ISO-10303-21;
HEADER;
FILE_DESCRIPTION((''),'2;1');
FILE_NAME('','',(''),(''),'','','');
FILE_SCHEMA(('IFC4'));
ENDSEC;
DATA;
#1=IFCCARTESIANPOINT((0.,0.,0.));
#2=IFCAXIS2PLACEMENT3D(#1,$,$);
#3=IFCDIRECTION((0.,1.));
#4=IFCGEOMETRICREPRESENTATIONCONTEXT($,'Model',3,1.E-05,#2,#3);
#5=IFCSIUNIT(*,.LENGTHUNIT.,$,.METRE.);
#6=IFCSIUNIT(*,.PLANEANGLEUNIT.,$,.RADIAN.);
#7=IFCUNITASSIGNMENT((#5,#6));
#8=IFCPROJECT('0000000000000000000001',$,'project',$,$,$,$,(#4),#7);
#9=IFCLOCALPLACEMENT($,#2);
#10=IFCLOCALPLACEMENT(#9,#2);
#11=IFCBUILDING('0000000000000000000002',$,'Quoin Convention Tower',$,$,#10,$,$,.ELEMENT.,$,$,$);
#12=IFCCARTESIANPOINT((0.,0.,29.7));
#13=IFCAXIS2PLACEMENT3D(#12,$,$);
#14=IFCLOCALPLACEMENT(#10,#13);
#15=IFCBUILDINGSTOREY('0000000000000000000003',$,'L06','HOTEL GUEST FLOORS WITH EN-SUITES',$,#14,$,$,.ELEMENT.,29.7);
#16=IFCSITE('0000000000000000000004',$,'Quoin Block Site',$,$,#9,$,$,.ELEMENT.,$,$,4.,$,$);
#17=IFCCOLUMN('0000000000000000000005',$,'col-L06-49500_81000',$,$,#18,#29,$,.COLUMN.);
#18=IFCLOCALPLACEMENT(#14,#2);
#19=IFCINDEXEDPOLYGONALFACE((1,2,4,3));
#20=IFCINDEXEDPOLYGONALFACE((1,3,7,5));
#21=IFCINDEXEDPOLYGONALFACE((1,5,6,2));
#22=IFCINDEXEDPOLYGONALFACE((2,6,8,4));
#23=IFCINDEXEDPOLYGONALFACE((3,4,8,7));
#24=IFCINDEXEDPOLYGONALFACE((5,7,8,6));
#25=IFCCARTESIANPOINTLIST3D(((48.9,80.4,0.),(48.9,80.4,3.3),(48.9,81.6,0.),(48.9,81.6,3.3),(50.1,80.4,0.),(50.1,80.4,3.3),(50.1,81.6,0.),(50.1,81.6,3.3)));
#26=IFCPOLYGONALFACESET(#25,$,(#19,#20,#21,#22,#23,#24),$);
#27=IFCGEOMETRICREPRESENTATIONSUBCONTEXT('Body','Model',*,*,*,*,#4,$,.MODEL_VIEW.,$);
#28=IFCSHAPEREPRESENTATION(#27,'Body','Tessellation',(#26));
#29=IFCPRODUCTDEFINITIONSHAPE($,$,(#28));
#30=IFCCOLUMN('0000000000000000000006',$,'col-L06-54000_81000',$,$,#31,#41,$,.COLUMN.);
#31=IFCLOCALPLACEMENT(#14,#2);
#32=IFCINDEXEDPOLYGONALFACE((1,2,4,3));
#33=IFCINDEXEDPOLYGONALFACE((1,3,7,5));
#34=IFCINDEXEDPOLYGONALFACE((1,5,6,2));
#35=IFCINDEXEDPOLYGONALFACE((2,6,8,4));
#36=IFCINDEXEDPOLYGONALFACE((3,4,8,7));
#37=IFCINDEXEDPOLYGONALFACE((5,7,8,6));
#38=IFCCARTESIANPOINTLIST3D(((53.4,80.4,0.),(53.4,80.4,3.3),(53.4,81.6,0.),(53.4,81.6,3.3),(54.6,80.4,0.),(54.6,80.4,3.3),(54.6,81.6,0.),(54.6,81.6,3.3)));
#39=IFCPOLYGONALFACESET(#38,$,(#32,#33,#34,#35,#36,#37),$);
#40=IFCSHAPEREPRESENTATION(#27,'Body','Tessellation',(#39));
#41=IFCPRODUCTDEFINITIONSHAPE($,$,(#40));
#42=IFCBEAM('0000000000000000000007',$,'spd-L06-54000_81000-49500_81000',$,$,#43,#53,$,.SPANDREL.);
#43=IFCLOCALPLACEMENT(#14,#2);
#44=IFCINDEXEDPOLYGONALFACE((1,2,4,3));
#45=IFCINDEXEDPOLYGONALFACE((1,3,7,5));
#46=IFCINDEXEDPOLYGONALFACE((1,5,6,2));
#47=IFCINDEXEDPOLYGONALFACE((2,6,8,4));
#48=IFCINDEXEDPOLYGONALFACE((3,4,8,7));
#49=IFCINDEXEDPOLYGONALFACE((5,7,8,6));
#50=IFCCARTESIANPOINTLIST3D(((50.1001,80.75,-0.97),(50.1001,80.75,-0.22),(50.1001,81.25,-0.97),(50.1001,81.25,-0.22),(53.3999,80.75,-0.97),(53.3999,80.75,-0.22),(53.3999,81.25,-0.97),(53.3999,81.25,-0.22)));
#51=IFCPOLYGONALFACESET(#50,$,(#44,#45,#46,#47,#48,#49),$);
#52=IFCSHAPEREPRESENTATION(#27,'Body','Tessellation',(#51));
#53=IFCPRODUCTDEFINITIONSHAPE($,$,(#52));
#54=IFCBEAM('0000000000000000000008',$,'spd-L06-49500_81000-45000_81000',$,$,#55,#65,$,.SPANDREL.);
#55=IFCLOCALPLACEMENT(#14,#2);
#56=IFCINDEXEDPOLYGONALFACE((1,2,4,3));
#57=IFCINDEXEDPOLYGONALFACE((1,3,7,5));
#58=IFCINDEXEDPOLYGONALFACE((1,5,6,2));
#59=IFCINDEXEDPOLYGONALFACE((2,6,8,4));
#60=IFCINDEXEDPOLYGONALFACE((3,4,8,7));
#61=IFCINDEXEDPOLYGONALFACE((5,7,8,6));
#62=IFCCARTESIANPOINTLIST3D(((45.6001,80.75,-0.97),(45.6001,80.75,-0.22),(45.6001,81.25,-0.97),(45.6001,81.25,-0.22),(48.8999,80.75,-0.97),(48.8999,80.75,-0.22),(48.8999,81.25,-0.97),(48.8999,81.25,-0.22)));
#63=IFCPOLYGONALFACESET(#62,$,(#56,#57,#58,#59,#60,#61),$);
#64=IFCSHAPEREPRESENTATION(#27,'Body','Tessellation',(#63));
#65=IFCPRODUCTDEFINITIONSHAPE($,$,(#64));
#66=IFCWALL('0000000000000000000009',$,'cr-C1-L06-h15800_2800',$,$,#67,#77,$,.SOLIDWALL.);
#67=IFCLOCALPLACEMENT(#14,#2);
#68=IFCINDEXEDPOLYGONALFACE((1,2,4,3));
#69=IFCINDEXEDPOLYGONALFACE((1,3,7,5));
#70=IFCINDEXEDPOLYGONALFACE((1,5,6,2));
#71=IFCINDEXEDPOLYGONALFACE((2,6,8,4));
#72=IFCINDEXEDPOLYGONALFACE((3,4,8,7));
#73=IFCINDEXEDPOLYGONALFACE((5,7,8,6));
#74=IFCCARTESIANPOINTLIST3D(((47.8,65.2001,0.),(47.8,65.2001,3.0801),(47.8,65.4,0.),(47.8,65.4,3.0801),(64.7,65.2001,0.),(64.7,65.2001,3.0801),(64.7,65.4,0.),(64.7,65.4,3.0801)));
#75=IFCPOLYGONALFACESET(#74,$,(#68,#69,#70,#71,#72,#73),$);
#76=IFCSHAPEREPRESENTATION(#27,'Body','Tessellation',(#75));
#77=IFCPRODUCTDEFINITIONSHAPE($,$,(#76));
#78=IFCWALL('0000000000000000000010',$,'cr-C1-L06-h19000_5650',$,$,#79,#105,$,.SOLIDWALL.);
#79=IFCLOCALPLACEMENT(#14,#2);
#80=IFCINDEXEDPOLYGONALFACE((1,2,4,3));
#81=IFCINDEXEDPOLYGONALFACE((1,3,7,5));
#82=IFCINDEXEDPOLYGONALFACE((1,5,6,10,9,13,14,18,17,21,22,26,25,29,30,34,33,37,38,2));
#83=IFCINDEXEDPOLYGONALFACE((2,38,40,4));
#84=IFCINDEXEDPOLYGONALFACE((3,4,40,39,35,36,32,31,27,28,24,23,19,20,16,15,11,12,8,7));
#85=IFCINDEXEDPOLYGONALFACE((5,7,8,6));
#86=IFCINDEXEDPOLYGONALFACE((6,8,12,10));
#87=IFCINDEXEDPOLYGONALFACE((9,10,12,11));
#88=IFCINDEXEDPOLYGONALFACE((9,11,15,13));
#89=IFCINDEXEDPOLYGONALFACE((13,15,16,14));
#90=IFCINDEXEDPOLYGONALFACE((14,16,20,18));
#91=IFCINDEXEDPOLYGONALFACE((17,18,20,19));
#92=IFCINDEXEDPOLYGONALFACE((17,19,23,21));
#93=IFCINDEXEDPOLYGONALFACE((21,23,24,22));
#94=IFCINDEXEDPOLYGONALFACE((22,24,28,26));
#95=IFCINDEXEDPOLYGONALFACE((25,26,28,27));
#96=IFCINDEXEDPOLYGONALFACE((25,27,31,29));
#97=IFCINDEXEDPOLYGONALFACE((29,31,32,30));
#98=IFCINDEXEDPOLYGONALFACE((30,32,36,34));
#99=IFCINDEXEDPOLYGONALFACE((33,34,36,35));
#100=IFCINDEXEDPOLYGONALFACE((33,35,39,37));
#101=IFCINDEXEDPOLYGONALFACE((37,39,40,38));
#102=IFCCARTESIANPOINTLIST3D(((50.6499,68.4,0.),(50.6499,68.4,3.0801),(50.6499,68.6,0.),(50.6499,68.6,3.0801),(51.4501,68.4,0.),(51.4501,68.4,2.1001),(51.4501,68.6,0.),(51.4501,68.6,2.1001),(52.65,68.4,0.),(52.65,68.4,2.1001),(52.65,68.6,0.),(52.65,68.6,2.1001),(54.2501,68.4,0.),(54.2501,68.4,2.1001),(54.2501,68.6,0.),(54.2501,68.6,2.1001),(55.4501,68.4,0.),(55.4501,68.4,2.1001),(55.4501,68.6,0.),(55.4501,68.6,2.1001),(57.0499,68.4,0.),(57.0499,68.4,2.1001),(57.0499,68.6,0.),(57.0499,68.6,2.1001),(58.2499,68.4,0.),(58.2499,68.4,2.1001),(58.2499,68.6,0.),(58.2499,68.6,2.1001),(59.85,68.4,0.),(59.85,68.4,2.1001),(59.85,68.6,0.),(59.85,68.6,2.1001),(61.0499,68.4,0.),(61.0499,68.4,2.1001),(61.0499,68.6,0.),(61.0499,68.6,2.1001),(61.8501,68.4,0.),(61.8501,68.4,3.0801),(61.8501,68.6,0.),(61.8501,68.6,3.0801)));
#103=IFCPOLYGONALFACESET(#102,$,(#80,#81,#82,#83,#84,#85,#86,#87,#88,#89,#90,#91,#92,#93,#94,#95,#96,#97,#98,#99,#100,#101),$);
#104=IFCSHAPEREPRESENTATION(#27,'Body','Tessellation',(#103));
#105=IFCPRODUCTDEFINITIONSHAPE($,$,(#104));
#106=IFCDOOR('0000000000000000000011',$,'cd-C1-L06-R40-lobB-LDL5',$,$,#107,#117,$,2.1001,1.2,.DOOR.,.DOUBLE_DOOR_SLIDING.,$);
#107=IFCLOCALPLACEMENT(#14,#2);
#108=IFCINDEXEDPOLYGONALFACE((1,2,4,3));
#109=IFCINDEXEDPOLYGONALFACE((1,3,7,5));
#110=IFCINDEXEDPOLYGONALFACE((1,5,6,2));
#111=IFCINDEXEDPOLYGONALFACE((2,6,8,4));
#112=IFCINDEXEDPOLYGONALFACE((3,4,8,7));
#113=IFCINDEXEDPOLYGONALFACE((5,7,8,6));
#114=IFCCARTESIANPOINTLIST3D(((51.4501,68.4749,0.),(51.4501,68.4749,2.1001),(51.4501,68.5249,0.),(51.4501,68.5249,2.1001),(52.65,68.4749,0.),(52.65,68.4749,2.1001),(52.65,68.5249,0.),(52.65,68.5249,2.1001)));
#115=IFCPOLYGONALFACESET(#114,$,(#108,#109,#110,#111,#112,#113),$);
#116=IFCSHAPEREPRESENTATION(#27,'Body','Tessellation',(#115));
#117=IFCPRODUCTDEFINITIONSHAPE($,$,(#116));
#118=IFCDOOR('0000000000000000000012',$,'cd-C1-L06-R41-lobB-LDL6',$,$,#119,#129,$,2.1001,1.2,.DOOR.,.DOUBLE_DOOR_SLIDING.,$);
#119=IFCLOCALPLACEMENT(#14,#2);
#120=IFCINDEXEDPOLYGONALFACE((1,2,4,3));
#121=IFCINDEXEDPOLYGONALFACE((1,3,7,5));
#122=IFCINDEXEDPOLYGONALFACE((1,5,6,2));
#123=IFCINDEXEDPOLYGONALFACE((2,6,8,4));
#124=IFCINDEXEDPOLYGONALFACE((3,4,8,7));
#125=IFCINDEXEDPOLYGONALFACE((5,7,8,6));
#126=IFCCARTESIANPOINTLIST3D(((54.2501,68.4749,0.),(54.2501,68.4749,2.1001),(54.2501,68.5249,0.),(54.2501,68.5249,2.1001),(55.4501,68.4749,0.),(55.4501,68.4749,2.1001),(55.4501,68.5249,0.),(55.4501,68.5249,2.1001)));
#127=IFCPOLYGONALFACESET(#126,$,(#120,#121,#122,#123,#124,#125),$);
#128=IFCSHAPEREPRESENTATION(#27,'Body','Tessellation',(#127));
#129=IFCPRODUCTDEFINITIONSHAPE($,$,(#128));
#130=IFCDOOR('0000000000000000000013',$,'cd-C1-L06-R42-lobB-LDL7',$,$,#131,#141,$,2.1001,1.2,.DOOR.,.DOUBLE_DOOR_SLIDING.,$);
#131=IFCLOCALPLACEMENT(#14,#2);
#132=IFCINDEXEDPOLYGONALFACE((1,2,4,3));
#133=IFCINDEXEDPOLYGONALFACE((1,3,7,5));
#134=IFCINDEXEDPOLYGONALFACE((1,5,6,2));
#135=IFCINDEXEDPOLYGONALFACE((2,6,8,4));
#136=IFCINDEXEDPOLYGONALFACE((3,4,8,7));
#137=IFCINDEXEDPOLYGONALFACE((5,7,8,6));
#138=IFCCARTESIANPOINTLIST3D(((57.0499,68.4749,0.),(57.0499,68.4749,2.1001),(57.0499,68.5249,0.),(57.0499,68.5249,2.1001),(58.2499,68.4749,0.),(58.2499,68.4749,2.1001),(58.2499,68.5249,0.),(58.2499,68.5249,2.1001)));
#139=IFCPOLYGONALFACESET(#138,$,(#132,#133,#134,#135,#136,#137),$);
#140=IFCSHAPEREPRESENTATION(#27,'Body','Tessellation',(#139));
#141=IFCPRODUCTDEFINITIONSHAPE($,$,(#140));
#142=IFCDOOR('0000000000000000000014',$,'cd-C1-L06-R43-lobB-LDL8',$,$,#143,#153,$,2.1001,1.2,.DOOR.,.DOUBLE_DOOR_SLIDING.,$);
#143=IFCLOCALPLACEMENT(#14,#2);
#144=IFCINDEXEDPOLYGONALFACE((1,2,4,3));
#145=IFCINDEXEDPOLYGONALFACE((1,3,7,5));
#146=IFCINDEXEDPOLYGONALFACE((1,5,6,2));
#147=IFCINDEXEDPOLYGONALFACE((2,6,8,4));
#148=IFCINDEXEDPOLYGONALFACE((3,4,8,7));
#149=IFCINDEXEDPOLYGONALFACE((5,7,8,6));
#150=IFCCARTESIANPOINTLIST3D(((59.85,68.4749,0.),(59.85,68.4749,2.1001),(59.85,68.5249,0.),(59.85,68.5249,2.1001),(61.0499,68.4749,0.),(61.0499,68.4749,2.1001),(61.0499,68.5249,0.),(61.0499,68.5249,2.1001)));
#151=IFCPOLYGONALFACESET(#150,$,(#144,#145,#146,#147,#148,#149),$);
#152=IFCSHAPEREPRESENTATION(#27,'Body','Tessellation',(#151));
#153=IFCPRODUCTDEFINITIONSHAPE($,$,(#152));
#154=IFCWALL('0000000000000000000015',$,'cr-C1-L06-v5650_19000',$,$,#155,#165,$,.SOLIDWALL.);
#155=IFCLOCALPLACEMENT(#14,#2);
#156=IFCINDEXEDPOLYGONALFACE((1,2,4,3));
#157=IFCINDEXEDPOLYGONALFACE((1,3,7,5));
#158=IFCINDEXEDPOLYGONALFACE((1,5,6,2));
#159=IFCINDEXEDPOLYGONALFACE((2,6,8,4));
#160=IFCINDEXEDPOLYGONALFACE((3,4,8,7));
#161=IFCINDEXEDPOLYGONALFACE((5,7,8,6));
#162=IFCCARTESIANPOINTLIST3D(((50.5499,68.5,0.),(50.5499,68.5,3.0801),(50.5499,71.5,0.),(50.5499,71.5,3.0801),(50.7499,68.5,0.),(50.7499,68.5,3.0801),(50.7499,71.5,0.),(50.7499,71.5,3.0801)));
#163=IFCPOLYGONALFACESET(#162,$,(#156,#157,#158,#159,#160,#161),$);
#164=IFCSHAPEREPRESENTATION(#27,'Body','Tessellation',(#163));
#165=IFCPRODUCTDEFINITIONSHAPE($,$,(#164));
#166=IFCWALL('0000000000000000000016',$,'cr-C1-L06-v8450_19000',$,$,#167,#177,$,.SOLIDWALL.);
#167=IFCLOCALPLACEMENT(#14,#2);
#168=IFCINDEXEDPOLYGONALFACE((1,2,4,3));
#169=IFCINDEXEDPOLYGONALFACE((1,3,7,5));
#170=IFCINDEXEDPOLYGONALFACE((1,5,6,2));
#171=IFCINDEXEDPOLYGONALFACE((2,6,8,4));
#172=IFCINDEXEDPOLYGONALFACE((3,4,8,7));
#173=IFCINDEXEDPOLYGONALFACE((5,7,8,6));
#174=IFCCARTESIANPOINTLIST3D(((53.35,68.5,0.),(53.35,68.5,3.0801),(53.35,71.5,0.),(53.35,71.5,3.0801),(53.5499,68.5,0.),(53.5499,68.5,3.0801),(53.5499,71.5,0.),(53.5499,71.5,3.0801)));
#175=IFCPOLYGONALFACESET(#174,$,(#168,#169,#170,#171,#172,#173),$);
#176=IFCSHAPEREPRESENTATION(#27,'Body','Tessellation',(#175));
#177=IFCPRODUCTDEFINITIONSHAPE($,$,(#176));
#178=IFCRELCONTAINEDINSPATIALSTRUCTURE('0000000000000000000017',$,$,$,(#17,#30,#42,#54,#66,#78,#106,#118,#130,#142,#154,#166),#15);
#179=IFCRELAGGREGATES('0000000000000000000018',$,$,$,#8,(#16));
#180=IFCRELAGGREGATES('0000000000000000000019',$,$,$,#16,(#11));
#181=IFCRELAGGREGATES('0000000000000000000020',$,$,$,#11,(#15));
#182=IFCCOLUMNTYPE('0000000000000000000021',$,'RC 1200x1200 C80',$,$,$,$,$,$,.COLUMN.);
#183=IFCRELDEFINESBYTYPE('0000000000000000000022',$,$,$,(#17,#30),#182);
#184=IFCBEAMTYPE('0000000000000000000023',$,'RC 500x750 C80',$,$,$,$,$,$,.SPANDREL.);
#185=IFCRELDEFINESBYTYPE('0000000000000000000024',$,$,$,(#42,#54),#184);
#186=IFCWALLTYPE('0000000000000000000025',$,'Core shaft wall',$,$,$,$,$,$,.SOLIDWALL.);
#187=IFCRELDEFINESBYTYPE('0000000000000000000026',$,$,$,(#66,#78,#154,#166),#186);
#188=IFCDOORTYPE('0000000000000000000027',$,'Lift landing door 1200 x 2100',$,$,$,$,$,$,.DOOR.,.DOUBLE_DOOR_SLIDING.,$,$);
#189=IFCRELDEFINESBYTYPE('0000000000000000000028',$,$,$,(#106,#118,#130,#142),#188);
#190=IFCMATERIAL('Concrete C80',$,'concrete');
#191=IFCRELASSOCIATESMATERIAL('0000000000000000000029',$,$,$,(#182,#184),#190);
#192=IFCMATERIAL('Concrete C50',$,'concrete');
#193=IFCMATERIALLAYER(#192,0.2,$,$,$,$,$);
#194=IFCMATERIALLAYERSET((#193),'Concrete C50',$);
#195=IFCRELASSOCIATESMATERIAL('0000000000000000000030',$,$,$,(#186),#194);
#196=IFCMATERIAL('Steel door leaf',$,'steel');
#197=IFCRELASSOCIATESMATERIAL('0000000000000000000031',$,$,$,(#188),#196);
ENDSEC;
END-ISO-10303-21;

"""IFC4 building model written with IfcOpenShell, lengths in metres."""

from ifc_helpers import new_model, si_unit, direction, frame, frame_2d, origin, origin_2d, place, context, subcontext, project, spatial, rectangle, extrude, material, layer, layer_set, material_profile, profile_set, type_object, element, fill, save


model = new_model("IFC4")

# Units and contexts
model_context = context("Model", 3, precision=1e-05, world=origin(), true_north=direction((0.0, 1.0)))
body_context = subcontext(model_context, "Body", "Model", "MODEL_VIEW")
ifc_project = project(units=[si_unit("LENGTHUNIT", "METRE"), si_unit("PLANEANGLEUNIT", "RADIAN")], contexts=[model_context])

# Site, building, storey
site_placement = place(None, origin())
site = spatial("IfcSite", under=ifc_project, at=site_placement, Name="Quoin Block Site", CompositionType="ELEMENT", RefElevation=4.0)
building_placement = place(site_placement, origin())
building = spatial("IfcBuilding", under=site, at=building_placement, Name="Quoin Convention Tower", CompositionType="ELEMENT")
storey_placement = place(building_placement, frame((0.0, 0.0, 29.7)))
storey = spatial("IfcBuildingStorey", under=building, at=storey_placement, Name="L06", Description="HOTEL GUEST FLOORS WITH EN-SUITES", CompositionType="ELEMENT", Elevation=29.7)

# Columns
ifc_material_1 = material(Name="Concrete C80", Category="concrete")
ifc_material_profile_1 = material_profile(ifc_material_1, rectangle(XDim=1.2, YDim=1.2, at=origin_2d()), Name="RC 1200x1200")
ifc_profile_set_1 = profile_set([ifc_material_profile_1], Name="Concrete C80")
column_type = type_object("IfcColumnType", Name="RC 1200x1200 C80", PredefinedType="COLUMN", material=ifc_profile_set_1)
for number, where, z_axis, x_axis, name in (
    (1, (49.5, 81.0, 0.0), (0.0, 0.0, 1.0), (1.0, 0.0, 0.0), "col-L06-49500_81000"),
    (2, (54.0, 81.0, 0.0), (0.0, 0.0, 1.0), (1.0, 0.0, 0.0), "col-L06-54000_81000"),
):
    element("IfcColumn", number, at=place(storey_placement, frame(where, z_axis=z_axis, x_axis=x_axis)), inside=storey, type_object=column_type, Name=name, PredefinedType="COLUMN", context=body_context, shape_type="SweptSolid", body=[
        extrude(rectangle(XDim=1.2, YDim=1.2, at=origin_2d()), origin(), (0.0, 0.0, 1.0), 3.3),
    ])

# Beams
ifc_material_profile_2 = material_profile(ifc_material_1, rectangle(XDim=0.5, YDim=0.75, at=origin_2d()), Name="RC 500x750")
ifc_profile_set_2 = profile_set([ifc_material_profile_2], Name="Concrete C80")
beam_type = type_object("IfcBeamType", Name="RC 500x750 C80", PredefinedType="SPANDREL", material=ifc_profile_set_2)
for number, where, z_axis, x_axis, name in (
    (3, (53.3999, 81.0, -0.595), (-1.0, 0.0, 0.0), (0.0, -1.0, 0.0), "spd-L06-54000_81000-49500_81000"),
    (4, (48.8999, 81.0, -0.595), (-1.0, 0.0, 0.0), (0.0, -1.0, 0.0), "spd-L06-49500_81000-45000_81000"),
):
    element("IfcBeam", number, at=place(storey_placement, frame(where, z_axis=z_axis, x_axis=x_axis)), inside=storey, type_object=beam_type, Name=name, PredefinedType="SPANDREL", context=body_context, shape_type="SweptSolid", body=[
        extrude(rectangle(XDim=0.5, YDim=0.75, at=origin_2d()), origin(), (0.0, 0.0, 1.0), 3.2998),
    ])

# Wall
ifc_material_2 = material(Name="Concrete C50", Category="concrete")
ifc_layer_1 = layer(ifc_material_2, 0.2)
ifc_layer_set_1 = layer_set([ifc_layer_1], Name="Concrete C50")
wall_type_1 = type_object("IfcWallType", Name="Core shaft wall", PredefinedType="SOLIDWALL", material=ifc_layer_set_1)
wall_1_placement = place(storey_placement, frame((47.8, 65.3, 0.0), z_axis=(0.0, 0.0, 1.0), x_axis=(1.0, 0.0, 0.0)))
element("IfcWall", 5, at=wall_1_placement, inside=storey, type_object=wall_type_1, Name="cr-C1-L06-h15800_2800", PredefinedType="SOLIDWALL", context=body_context, shape_type="SweptSolid", body=[
    extrude(rectangle(XDim=16.8999, YDim=0.2, at=frame_2d((8.45, 0.0))), origin(), (0.0, 0.0, 1.0), 3.0801),
])

# Wall, openings, doors
wall_2_placement = place(storey_placement, frame((50.6499, 68.5, 0.0), z_axis=(0.0, 0.0, 1.0), x_axis=(1.0, 0.0, 0.0)))
wall_2 = element("IfcWall", 6, at=wall_2_placement, inside=storey, type_object=wall_type_1, Name="cr-C1-L06-h19000_5650", PredefinedType="SOLIDWALL", context=body_context, shape_type="SweptSolid", body=[
    extrude(rectangle(XDim=11.2002, YDim=0.2, at=frame_2d((5.6001, 0.0))), origin(), (0.0, 0.0, 1.0), 3.0801),
])
opening_1_placement = place(wall_2_placement, frame((0.8, 0.0, 0.0)))
opening_1 = element("IfcOpeningElement", 7, at=opening_1_placement, cuts=wall_2, PredefinedType="OPENING", context=body_context, shape_type="SweptSolid", body=[
    extrude(rectangle(XDim=1.2, YDim=2.1001, at=frame_2d((0.6001, 1.05))), frame((0.0, 0.1099, 0.0), z_axis=(0.0, -1.0, 0.0), x_axis=(1.0, 0.0, 0.0)), (0.0, 0.0, 1.0), 0.22),
])
opening_2_placement = place(wall_2_placement, frame((3.6001, 0.0, 0.0)))
opening_2 = element("IfcOpeningElement", 8, at=opening_2_placement, cuts=wall_2, PredefinedType="OPENING", context=body_context, shape_type="SweptSolid", body=[
    extrude(rectangle(XDim=1.2, YDim=2.1001, at=frame_2d((0.6001, 1.05))), frame((0.0, 0.1099, 0.0), z_axis=(0.0, -1.0, 0.0), x_axis=(1.0, 0.0, 0.0)), (0.0, 0.0, 1.0), 0.22),
])
opening_3_placement = place(wall_2_placement, frame((6.3999, 0.0, 0.0)))
opening_3 = element("IfcOpeningElement", 9, at=opening_3_placement, cuts=wall_2, PredefinedType="OPENING", context=body_context, shape_type="SweptSolid", body=[
    extrude(rectangle(XDim=1.2, YDim=2.1001, at=frame_2d((0.6001, 1.05))), frame((0.0, 0.1099, 0.0), z_axis=(0.0, -1.0, 0.0), x_axis=(1.0, 0.0, 0.0)), (0.0, 0.0, 1.0), 0.22),
])
opening_4_placement = place(wall_2_placement, frame((9.2, 0.0, 0.0)))
opening_4 = element("IfcOpeningElement", 10, at=opening_4_placement, cuts=wall_2, PredefinedType="OPENING", context=body_context, shape_type="SweptSolid", body=[
    extrude(rectangle(XDim=1.2, YDim=2.1001, at=frame_2d((0.6001, 1.05))), frame((0.0, 0.1099, 0.0), z_axis=(0.0, -1.0, 0.0), x_axis=(1.0, 0.0, 0.0)), (0.0, 0.0, 1.0), 0.22),
])
ifc_material_3 = material(Name="Steel door leaf", Category="steel")
door_type_1 = type_object("IfcDoorType", Name="Lift landing door 1200 x 2100", OperationType="DOUBLE_DOOR_SLIDING", PredefinedType="DOOR", material=ifc_material_3)
door_1_placement = place(opening_1_placement, origin())
door_1 = element("IfcDoor", 11, at=door_1_placement, inside=storey, type_object=door_type_1, Name="cd-C1-L06-R40-lobB-LDL5", OperationType="DOUBLE_DOOR_SLIDING", OverallHeight=2.1001, OverallWidth=1.2, PredefinedType="DOOR", context=body_context, shape_type="SweptSolid", body=[
    extrude(rectangle(XDim=1.2, YDim=2.1001, at=frame_2d((0.6001, 1.05))), frame((0.0, 0.0249, 0.0), z_axis=(0.0, -1.0, 0.0), x_axis=(1.0, 0.0, 0.0)), (0.0, 0.0, 1.0), 0.05),
])
fill(opening_1, door_1)
door_2_placement = place(opening_2_placement, origin())
door_2 = element("IfcDoor", 12, at=door_2_placement, inside=storey, type_object=door_type_1, Name="cd-C1-L06-R41-lobB-LDL6", OperationType="DOUBLE_DOOR_SLIDING", OverallHeight=2.1001, OverallWidth=1.2, PredefinedType="DOOR", context=body_context, shape_type="SweptSolid", body=[
    extrude(rectangle(XDim=1.2, YDim=2.1001, at=frame_2d((0.6001, 1.05))), frame((0.0, 0.0249, 0.0), z_axis=(0.0, -1.0, 0.0), x_axis=(1.0, 0.0, 0.0)), (0.0, 0.0, 1.0), 0.05),
])
fill(opening_2, door_2)
door_3_placement = place(opening_3_placement, origin())
door_3 = element("IfcDoor", 13, at=door_3_placement, inside=storey, type_object=door_type_1, Name="cd-C1-L06-R42-lobB-LDL7", OperationType="DOUBLE_DOOR_SLIDING", OverallHeight=2.1001, OverallWidth=1.2, PredefinedType="DOOR", context=body_context, shape_type="SweptSolid", body=[
    extrude(rectangle(XDim=1.2, YDim=2.1001, at=frame_2d((0.6001, 1.05))), frame((0.0, 0.0249, 0.0), z_axis=(0.0, -1.0, 0.0), x_axis=(1.0, 0.0, 0.0)), (0.0, 0.0, 1.0), 0.05),
])
fill(opening_3, door_3)
door_4_placement = place(opening_4_placement, origin())
door_4 = element("IfcDoor", 14, at=door_4_placement, inside=storey, type_object=door_type_1, Name="cd-C1-L06-R43-lobB-LDL8", OperationType="DOUBLE_DOOR_SLIDING", OverallHeight=2.1001, OverallWidth=1.2, PredefinedType="DOOR", context=body_context, shape_type="SweptSolid", body=[
    extrude(rectangle(XDim=1.2, YDim=2.1001, at=frame_2d((0.6001, 1.05))), frame((0.0, 0.0249, 0.0), z_axis=(0.0, -1.0, 0.0), x_axis=(1.0, 0.0, 0.0)), (0.0, 0.0, 1.0), 0.05),
])
fill(opening_4, door_4)

# Walls
for number, where, z_axis, x_axis, name in (
    (15, (50.6499, 68.5, 0.0), (0.0, 0.0, 1.0), (0.0, 1.0, 0.0), "cr-C1-L06-v5650_19000"),
    (16, (53.45, 68.5, 0.0), (0.0, 0.0, 1.0), (0.0, 1.0, 0.0), "cr-C1-L06-v8450_19000"),
):
    element("IfcWall", number, at=place(storey_placement, frame(where, z_axis=z_axis, x_axis=x_axis)), inside=storey, type_object=wall_type_1, Name=name, PredefinedType="SOLIDWALL", context=body_context, shape_type="SweptSolid", body=[
        extrude(rectangle(XDim=3.0, YDim=0.2, at=frame_2d((1.5, 0.0))), origin(), (0.0, 0.0, 1.0), 3.0801),
    ])

save(model, "model.ifc")
